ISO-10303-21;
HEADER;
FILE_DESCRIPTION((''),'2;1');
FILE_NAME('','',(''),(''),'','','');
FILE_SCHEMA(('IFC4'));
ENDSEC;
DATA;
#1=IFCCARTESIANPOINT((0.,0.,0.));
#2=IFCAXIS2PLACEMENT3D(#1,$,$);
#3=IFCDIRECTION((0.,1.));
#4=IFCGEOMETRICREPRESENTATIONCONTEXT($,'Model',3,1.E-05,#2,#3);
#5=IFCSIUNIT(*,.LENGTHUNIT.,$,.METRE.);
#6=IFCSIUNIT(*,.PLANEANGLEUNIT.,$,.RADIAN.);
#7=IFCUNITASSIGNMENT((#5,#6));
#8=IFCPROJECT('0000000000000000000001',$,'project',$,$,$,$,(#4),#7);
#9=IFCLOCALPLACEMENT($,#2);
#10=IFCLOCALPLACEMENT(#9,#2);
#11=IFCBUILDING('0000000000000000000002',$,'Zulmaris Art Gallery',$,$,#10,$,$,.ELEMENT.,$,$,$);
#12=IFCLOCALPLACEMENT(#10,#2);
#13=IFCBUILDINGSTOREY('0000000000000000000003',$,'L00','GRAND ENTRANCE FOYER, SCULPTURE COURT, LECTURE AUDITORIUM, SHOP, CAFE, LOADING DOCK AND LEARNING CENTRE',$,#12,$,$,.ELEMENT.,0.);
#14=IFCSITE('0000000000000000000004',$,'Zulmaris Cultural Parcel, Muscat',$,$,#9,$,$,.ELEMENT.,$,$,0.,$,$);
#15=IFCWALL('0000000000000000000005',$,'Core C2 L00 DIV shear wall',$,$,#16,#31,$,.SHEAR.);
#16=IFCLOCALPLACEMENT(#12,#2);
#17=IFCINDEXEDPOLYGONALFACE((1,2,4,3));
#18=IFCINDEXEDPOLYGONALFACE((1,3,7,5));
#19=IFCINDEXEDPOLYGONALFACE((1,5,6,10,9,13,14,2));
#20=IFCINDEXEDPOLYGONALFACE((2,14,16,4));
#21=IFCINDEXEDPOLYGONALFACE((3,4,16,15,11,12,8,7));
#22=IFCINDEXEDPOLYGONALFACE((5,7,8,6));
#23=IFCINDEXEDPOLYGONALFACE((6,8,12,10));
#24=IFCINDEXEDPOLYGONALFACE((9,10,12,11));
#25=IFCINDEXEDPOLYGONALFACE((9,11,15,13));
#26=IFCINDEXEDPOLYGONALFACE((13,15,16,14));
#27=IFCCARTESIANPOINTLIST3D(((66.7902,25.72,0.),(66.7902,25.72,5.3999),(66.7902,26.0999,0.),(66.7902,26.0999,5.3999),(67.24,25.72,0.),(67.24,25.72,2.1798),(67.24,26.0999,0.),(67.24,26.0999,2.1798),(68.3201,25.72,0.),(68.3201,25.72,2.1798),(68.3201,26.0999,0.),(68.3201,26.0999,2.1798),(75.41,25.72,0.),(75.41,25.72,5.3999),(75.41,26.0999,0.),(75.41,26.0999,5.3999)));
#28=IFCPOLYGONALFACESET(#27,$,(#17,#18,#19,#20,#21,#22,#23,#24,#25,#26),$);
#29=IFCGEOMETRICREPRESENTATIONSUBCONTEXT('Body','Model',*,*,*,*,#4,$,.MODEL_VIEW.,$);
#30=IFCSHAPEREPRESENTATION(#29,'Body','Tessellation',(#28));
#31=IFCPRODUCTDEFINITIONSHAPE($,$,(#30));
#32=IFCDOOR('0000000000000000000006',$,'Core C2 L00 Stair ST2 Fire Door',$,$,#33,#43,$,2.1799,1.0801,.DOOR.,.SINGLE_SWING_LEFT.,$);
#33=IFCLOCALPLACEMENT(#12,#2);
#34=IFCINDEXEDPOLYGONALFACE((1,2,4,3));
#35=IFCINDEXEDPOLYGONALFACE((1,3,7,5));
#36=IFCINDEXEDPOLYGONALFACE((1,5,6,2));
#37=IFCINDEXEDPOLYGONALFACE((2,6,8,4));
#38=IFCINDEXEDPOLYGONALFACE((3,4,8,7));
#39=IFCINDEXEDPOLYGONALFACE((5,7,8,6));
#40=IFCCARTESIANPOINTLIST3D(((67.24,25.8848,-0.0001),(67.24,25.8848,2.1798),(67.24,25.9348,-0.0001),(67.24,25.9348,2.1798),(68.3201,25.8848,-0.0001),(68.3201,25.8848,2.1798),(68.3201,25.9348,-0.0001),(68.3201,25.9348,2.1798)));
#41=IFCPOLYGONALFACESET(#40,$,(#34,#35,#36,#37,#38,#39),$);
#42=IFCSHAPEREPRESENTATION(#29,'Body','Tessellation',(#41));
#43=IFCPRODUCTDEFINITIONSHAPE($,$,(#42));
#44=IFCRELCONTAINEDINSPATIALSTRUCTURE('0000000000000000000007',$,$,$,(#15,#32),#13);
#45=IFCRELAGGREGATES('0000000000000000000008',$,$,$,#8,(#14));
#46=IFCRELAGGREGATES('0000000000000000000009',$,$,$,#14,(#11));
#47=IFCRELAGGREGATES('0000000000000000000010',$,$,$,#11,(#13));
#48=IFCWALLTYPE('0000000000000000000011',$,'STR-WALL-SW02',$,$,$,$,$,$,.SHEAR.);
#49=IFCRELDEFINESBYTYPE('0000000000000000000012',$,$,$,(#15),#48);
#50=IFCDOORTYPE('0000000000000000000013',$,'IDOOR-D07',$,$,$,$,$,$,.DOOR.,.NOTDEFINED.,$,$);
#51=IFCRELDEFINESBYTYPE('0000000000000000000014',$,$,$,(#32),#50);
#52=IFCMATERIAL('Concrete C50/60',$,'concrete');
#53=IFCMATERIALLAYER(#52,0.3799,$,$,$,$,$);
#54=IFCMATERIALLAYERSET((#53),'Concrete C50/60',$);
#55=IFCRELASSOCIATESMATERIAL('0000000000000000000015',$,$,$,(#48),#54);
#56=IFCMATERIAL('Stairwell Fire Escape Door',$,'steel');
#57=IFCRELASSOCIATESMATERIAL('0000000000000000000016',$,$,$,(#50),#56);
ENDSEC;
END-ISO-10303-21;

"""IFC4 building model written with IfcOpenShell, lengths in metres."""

from ifc_helpers import new_model, si_unit, direction, frame, frame_2d, origin, place, context, subcontext, project, spatial, rectangle, extrude, material, layer, layer_set, type_object, element, fill, save


model = new_model("IFC4")

# Units and contexts
model_context = context("Model", 3, precision=1e-05, world=origin(), true_north=direction((0.0, 1.0)))
body_context = subcontext(model_context, "Body", "Model", "MODEL_VIEW")
ifc_project = project(units=[si_unit("LENGTHUNIT", "METRE"), si_unit("PLANEANGLEUNIT", "RADIAN")], contexts=[model_context])

# Site, building, storey
site_placement = place(None, origin())
site = spatial("IfcSite", under=ifc_project, at=site_placement, Name="Zulmaris Cultural Parcel, Muscat", CompositionType="ELEMENT", RefElevation=0.0)
building_placement = place(site_placement, origin())
building = spatial("IfcBuilding", under=site, at=building_placement, Name="Zulmaris Art Gallery", CompositionType="ELEMENT")
storey_placement = place(building_placement, origin())
storey = spatial("IfcBuildingStorey", under=building, at=storey_placement, Name="L00", Description="GRAND ENTRANCE FOYER, SCULPTURE COURT, LECTURE AUDITORIUM, SHOP, CAFE, LOADING DOCK AND LEARNING CENTRE", CompositionType="ELEMENT", Elevation=0.0)

# Shared definitions
ifc_material_1 = material(Name="Concrete C50/60", Category="concrete")

# Wall, opening, door
ifc_layer_1 = layer(ifc_material_1, 0.3799)
ifc_layer_set_1 = layer_set([ifc_layer_1], Name="Concrete C50/60")
wall_type_1 = type_object("IfcWallType", Name="STR-WALL-SW02", PredefinedType="SHEAR", material=ifc_layer_set_1)
wall_1_placement = place(storey_placement, frame((66.79, 25.9099, 0.0), z_axis=(0.0, 0.0, 1.0), x_axis=(1.0, 0.0, 0.0)))
wall_1 = element("IfcWall", 1, at=wall_1_placement, inside=storey, type_object=wall_type_1, Name="Core C2 L00 DIV shear wall", PredefinedType="SHEAR", context=body_context, shape_type="SweptSolid", body=[
    extrude(rectangle(XDim=8.6199, YDim=0.3799, at=frame_2d((4.3101, 0.0))), origin(), (0.0, 0.0, 1.0), 5.3999),
])
opening_1_placement = place(wall_1_placement, frame((0.45, 0.0, 0.0)))
opening_1 = element("IfcOpeningElement", 2, at=opening_1_placement, cuts=wall_1, PredefinedType="OPENING", context=body_context, shape_type="SweptSolid", body=[
    extrude(rectangle(XDim=1.0801, YDim=2.1799, at=frame_2d((0.54, 1.0898))), frame((0.0, 0.2, 0.0), z_axis=(0.0, -1.0, 0.0), x_axis=(1.0, 0.0, 0.0)), (0.0, 0.0, 1.0), 0.3999),
])
ifc_material_2 = material(Name="Stairwell Fire Escape Door", Category="steel")
door_type_1 = type_object("IfcDoorType", Name="IDOOR-D07", OperationType="NOTDEFINED", PredefinedType="DOOR", material=ifc_material_2)
door_1_placement = place(opening_1_placement, origin())
door_1 = element("IfcDoor", 3, at=door_1_placement, inside=storey, type_object=door_type_1, Name="Core C2 L00 Stair ST2 Fire Door", OperationType="SINGLE_SWING_LEFT", OverallHeight=2.1799, OverallWidth=1.0801, PredefinedType="DOOR", context=body_context, shape_type="SweptSolid", body=[
    extrude(rectangle(XDim=1.0801, YDim=2.1799, at=frame_2d((0.54, 1.0898))), frame((0.0, 0.0249, 0.0), z_axis=(0.0, -1.0, 0.0), x_axis=(1.0, 0.0, 0.0)), (0.0, 0.0, 1.0), 0.05),
])
fill(opening_1, door_1)

save(model, "model.ifc")
